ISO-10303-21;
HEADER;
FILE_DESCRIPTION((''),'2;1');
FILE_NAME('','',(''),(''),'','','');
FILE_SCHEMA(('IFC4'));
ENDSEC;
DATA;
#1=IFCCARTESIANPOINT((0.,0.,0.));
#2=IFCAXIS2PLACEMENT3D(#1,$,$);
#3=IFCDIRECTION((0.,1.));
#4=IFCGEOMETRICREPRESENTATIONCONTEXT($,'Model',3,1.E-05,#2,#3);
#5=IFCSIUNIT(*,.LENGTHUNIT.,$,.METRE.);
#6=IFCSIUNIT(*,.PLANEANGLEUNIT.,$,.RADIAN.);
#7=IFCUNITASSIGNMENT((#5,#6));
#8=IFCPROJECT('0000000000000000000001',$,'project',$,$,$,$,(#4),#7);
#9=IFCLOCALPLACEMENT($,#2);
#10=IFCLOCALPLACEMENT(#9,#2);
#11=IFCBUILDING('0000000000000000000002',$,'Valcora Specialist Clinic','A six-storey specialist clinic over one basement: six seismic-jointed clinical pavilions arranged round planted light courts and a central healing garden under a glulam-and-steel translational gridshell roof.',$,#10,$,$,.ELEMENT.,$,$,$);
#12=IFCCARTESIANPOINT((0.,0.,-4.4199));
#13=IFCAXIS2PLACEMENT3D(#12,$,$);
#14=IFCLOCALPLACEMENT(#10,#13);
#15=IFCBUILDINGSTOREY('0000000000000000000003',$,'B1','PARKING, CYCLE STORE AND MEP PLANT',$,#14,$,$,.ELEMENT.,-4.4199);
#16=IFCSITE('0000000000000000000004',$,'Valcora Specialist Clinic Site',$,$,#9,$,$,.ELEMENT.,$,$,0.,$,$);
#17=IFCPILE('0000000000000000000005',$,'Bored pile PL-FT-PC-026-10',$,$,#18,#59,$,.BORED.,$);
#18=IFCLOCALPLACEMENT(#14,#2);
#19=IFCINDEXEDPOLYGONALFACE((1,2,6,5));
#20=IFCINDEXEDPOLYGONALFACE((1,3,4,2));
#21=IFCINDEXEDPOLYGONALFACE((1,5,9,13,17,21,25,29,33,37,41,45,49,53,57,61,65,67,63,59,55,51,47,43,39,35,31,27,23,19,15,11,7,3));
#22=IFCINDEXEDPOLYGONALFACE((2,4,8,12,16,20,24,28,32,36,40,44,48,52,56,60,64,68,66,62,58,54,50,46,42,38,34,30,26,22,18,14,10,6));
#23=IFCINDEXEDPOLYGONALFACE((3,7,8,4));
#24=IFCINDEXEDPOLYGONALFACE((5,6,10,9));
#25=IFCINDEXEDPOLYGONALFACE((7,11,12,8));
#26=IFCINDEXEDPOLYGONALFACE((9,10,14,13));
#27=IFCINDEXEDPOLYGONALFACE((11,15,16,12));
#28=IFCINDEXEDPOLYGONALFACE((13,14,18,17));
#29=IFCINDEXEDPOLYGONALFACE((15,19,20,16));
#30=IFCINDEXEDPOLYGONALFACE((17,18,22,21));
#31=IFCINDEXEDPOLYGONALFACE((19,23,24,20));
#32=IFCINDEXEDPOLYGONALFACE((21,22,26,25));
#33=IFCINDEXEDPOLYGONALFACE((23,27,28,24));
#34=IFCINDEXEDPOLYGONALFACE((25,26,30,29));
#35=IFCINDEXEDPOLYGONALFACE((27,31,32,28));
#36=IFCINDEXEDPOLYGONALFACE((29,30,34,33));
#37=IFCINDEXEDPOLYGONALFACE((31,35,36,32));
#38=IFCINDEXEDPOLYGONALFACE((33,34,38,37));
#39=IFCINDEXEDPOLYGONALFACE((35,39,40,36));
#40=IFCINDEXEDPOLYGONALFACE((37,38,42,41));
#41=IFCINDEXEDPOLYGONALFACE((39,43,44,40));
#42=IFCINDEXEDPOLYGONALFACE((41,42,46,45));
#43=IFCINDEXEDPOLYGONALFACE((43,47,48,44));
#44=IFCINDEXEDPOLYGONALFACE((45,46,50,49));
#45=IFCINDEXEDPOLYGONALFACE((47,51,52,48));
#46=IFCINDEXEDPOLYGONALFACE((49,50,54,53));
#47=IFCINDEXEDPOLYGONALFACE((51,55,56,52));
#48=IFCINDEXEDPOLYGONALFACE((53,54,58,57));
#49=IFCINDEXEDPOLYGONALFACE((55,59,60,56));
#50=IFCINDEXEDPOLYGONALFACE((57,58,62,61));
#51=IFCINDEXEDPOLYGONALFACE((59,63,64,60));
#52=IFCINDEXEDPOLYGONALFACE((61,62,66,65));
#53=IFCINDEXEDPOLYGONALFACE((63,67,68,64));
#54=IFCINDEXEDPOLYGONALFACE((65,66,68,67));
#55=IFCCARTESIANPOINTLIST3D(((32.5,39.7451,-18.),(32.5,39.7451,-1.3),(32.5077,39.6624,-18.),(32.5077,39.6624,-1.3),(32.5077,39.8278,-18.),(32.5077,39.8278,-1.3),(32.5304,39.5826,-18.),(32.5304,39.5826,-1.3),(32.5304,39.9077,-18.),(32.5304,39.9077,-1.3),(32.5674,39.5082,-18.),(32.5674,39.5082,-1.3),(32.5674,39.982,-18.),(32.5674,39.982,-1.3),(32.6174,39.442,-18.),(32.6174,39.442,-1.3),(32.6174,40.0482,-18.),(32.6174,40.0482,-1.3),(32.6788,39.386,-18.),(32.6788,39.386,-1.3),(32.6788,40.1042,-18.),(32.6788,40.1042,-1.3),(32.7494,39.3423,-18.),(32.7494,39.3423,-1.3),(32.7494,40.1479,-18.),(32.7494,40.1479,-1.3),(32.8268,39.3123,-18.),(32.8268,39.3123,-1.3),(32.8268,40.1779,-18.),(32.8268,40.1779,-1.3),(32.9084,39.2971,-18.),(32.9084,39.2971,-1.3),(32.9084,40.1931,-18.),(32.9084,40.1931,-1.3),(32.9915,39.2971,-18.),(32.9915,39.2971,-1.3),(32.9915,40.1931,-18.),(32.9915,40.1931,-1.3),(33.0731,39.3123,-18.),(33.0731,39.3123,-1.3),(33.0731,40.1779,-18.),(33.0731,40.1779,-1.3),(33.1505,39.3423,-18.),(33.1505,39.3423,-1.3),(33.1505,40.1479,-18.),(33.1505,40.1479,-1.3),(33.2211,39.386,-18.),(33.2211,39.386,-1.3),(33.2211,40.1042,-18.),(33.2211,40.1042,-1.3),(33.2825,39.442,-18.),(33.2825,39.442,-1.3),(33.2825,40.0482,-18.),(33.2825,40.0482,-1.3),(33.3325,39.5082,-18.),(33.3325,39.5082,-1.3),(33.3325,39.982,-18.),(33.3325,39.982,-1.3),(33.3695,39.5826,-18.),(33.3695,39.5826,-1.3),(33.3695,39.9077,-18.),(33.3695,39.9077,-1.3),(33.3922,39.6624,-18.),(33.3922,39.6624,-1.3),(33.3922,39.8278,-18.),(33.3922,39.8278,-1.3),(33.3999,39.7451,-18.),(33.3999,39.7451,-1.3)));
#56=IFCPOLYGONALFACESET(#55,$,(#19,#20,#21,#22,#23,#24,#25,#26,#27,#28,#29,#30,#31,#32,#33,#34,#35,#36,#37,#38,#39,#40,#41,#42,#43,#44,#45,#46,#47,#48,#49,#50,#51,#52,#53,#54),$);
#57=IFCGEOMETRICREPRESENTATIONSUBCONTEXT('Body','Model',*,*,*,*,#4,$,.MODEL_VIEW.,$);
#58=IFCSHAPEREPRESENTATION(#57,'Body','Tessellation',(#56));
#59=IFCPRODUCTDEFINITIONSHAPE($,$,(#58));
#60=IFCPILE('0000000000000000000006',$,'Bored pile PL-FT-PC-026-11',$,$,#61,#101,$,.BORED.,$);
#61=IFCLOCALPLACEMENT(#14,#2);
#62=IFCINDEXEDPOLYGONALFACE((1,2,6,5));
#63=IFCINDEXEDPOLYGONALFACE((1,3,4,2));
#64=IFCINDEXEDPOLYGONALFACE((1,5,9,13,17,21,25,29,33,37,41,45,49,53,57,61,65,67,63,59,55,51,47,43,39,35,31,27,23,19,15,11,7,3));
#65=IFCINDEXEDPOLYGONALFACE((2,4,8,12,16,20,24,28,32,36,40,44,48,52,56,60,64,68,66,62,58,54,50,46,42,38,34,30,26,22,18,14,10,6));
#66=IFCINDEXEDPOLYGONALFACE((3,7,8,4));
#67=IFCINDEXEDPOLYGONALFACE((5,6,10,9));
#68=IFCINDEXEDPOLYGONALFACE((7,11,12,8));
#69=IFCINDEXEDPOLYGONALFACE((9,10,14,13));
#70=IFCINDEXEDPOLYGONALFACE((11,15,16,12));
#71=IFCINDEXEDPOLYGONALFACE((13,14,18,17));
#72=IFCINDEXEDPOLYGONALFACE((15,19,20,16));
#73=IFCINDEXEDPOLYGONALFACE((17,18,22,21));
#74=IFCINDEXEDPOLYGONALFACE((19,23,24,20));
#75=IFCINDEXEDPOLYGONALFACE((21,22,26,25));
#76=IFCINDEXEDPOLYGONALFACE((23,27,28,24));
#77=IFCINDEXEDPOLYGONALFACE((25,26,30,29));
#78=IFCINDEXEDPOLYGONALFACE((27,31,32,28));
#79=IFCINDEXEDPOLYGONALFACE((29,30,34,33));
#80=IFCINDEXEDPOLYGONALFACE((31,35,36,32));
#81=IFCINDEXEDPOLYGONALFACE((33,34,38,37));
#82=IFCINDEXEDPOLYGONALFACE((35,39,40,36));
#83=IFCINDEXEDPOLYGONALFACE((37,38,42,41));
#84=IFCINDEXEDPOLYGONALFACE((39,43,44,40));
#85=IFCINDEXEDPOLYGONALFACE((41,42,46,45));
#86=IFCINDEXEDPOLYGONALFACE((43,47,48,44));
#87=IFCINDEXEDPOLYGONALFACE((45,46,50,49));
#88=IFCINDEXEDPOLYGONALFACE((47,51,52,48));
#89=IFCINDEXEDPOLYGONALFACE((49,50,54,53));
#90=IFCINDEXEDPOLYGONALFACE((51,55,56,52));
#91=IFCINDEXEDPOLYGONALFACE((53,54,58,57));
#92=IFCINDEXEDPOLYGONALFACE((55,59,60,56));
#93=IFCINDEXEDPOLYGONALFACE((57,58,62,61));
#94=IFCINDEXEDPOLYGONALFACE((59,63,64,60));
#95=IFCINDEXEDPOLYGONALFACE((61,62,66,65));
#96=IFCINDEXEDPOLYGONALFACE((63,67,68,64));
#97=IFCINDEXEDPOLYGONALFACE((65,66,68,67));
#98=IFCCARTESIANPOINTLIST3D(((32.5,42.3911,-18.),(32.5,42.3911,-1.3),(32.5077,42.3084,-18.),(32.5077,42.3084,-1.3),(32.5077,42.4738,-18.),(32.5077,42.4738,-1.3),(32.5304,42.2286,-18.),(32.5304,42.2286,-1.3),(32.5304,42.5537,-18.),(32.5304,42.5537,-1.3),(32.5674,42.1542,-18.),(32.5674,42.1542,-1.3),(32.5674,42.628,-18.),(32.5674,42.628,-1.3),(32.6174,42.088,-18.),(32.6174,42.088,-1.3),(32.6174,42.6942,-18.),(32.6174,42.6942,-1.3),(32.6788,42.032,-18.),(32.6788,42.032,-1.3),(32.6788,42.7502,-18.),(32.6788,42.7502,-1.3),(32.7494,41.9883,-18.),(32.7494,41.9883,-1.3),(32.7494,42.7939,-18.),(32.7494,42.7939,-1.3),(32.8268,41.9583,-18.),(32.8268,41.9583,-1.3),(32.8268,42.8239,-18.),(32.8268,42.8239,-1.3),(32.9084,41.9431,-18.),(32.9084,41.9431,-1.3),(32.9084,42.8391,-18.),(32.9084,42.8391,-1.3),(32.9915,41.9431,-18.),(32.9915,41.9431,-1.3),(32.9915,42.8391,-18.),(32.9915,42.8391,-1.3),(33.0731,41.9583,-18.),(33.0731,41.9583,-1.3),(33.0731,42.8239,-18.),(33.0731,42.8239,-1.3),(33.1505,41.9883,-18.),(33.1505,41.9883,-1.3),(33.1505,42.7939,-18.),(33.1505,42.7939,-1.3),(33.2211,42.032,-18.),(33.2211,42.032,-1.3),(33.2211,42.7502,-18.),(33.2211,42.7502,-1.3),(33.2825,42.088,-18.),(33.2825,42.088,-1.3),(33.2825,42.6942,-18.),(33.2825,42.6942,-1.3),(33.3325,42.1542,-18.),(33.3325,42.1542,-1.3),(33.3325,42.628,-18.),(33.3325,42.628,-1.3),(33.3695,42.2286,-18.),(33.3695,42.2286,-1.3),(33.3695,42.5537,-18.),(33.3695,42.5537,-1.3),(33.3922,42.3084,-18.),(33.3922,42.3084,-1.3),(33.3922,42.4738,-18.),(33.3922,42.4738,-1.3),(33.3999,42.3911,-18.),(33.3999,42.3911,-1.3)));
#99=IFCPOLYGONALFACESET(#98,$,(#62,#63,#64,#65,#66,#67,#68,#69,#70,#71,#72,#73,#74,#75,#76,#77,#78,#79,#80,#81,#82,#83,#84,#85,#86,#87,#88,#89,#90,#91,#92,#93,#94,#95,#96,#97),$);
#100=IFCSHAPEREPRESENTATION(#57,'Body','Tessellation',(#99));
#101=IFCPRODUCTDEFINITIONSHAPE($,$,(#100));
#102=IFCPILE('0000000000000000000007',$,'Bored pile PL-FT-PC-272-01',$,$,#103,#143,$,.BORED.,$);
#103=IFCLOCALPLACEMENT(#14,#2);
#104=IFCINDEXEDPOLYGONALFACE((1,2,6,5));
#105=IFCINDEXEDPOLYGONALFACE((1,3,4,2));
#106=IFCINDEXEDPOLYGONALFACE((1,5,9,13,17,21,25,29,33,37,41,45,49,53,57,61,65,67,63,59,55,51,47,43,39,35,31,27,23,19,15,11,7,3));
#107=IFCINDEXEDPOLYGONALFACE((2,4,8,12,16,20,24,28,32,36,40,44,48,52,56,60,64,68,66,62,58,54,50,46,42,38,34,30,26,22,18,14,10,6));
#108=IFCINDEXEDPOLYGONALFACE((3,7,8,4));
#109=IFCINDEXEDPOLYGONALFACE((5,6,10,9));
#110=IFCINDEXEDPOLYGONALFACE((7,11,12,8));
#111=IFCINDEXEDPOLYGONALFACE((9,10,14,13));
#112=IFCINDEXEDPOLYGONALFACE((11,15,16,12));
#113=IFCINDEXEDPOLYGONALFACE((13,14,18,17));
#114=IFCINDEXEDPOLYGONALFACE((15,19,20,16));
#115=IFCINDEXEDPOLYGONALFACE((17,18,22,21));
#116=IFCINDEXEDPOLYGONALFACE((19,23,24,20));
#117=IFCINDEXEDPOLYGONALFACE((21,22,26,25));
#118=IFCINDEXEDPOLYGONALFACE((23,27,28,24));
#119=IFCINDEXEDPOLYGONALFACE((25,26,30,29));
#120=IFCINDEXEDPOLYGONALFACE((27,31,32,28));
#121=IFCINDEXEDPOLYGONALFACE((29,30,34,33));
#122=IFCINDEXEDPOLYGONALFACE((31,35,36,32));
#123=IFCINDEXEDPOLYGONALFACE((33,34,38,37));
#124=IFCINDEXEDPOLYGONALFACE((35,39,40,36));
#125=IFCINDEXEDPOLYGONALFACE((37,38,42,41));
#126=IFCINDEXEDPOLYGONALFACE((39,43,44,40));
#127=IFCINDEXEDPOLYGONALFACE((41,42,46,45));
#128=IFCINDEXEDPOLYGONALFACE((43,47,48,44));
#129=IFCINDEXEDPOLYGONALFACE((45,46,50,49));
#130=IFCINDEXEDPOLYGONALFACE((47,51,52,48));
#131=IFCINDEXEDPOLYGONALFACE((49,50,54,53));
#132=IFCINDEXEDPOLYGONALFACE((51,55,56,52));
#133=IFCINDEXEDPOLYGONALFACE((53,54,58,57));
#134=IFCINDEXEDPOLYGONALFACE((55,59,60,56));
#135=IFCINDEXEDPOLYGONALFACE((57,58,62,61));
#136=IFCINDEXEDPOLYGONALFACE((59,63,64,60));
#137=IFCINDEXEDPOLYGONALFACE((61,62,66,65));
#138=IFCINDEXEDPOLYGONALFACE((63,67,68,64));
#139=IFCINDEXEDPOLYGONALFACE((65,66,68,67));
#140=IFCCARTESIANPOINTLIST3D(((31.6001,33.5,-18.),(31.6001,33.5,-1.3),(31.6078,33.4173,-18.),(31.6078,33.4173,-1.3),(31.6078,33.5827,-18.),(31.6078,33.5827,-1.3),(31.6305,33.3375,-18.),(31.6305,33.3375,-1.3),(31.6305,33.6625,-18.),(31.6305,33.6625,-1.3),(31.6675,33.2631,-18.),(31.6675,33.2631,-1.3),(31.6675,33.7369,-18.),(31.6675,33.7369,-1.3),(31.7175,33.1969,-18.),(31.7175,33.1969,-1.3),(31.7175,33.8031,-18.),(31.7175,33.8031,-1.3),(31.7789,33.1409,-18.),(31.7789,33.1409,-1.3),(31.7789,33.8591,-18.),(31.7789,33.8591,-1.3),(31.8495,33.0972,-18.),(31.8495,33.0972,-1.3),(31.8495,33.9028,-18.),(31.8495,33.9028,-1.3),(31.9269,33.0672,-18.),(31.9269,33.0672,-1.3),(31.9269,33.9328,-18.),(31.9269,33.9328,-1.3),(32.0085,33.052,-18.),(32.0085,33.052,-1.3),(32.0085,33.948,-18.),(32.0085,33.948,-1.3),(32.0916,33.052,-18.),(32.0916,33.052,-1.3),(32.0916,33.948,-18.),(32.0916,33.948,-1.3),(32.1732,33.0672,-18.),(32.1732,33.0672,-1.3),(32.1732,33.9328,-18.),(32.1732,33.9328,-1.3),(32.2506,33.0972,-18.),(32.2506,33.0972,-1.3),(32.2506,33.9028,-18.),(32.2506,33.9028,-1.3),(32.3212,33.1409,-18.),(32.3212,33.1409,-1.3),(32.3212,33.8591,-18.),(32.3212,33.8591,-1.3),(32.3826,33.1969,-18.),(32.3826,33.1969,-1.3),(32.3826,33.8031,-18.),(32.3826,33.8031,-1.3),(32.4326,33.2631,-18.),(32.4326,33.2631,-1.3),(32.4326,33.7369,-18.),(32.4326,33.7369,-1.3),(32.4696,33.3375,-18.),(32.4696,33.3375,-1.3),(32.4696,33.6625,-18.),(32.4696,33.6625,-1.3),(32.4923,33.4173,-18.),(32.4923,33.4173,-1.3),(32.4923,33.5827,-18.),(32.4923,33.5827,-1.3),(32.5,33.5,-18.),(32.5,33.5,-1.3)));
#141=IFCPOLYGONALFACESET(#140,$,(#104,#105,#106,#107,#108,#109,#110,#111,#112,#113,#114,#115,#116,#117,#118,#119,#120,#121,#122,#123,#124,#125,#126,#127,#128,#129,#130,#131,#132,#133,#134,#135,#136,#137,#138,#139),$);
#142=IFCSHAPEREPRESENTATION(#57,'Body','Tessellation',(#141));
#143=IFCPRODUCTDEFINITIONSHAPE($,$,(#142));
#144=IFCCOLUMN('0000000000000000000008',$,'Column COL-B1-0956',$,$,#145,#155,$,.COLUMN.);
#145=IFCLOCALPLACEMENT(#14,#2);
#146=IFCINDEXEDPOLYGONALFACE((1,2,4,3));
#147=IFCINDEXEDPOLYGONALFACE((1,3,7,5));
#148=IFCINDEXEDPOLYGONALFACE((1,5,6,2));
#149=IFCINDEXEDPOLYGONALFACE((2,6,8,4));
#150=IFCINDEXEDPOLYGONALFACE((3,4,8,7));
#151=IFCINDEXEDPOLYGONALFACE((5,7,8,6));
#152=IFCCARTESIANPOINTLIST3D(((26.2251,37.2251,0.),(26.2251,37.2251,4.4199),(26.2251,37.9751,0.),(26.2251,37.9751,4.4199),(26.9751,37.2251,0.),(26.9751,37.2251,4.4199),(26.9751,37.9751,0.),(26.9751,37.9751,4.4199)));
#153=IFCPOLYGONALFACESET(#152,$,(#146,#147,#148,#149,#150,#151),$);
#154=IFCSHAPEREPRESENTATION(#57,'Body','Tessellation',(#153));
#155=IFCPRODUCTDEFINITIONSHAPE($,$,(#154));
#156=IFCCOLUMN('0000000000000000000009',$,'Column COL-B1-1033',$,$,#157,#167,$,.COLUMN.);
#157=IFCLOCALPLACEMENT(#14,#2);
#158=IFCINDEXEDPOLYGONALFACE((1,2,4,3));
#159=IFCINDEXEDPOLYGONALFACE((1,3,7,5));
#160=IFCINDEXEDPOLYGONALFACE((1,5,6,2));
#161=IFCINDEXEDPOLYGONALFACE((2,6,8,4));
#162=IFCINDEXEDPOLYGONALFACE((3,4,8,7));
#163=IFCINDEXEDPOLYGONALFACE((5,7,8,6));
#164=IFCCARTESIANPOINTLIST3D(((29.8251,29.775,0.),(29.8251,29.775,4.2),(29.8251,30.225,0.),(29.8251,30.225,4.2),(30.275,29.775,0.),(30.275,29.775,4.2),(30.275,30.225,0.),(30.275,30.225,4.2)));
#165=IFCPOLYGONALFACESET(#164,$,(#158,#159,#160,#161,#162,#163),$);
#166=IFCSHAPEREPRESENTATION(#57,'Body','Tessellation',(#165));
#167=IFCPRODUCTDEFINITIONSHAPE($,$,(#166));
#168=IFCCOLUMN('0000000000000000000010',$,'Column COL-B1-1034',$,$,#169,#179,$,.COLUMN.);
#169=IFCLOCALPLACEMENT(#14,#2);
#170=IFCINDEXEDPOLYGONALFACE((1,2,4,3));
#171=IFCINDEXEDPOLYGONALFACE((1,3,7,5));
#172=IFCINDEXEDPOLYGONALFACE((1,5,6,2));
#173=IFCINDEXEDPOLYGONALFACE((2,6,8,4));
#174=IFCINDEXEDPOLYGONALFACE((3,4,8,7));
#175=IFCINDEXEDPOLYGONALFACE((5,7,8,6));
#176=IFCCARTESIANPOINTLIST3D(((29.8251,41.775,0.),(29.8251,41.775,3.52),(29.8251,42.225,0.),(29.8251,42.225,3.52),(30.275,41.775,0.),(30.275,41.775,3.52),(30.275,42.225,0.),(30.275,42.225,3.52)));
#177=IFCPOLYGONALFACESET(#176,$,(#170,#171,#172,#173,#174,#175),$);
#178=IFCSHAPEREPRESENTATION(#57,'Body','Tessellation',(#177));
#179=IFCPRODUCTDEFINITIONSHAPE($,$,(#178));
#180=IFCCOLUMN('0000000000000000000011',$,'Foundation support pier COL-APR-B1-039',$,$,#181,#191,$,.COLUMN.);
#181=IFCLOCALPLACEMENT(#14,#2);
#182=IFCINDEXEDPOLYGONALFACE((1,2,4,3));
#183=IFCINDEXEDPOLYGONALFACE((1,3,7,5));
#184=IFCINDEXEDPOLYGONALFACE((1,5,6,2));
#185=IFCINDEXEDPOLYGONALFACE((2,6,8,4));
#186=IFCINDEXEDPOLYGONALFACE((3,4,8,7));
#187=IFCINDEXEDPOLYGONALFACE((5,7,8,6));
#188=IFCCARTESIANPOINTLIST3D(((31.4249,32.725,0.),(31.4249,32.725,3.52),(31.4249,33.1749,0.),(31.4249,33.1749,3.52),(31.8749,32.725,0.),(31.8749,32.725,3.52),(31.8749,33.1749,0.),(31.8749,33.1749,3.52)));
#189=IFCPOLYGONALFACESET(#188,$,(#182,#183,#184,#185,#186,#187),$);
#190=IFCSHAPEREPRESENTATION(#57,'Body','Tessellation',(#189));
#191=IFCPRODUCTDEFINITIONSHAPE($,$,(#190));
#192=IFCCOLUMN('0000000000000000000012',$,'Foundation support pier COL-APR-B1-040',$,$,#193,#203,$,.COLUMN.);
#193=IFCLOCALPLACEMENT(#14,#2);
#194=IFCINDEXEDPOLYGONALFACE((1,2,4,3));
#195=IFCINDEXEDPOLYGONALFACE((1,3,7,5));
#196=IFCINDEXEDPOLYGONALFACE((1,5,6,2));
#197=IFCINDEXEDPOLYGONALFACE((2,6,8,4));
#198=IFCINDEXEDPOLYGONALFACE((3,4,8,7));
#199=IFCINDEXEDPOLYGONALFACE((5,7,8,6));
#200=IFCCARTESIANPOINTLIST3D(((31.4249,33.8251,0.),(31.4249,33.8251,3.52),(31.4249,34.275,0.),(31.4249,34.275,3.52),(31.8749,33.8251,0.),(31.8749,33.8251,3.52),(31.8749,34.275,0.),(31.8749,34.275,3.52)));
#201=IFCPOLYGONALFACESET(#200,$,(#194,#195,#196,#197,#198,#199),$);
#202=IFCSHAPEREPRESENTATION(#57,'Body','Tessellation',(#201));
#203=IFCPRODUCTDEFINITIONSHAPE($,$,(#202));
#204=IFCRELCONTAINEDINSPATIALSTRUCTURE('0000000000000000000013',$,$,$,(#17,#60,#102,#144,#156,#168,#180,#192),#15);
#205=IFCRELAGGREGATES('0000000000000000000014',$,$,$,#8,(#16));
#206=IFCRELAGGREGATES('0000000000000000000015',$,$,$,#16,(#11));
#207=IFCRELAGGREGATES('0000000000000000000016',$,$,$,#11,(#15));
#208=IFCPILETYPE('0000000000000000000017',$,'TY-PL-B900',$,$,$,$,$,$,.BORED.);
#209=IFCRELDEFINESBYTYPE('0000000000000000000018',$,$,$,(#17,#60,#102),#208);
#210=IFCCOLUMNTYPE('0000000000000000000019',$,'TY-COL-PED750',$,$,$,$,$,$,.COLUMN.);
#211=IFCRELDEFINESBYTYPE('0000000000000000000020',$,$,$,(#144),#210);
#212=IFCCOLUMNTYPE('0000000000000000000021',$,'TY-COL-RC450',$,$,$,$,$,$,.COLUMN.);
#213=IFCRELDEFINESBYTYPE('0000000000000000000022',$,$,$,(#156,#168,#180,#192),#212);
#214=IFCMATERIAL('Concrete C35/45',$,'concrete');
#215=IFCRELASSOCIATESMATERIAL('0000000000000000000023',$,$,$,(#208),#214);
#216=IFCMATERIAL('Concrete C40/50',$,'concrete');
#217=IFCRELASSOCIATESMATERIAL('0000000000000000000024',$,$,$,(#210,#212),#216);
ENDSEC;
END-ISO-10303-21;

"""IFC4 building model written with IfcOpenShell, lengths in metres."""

from ifc_helpers import new_model, si_unit, direction, frame, origin, origin_2d, place, context, subcontext, project, spatial, rectangle, circle, extrude, material, material_profile, profile_set, type_object, element, save


model = new_model("IFC4")

# Units and contexts
model_context = context("Model", 3, precision=1e-05, world=origin(), true_north=direction((0.0, 1.0)))
body_context = subcontext(model_context, "Body", "Model", "MODEL_VIEW")
ifc_project = project(units=[si_unit("LENGTHUNIT", "METRE"), si_unit("PLANEANGLEUNIT", "RADIAN")], contexts=[model_context])

# Site, building, storey
site_placement = place(None, origin())
site = spatial("IfcSite", under=ifc_project, at=site_placement, Name="Valcora Specialist Clinic Site", CompositionType="ELEMENT", RefElevation=0.0)
building_placement = place(site_placement, origin())
building = spatial("IfcBuilding", under=site, at=building_placement, Name="Valcora Specialist Clinic", Description="A six-storey specialist clinic over one basement: six seismic-jointed clinical pavilions arranged round planted light courts and a central healing garden under a glulam-and-steel translational gridshell roof.", CompositionType="ELEMENT")
storey_placement = place(building_placement, frame((0.0, 0.0, -4.4199)))
storey = spatial("IfcBuildingStorey", under=building, at=storey_placement, Name="B1", Description="PARKING, CYCLE STORE AND MEP PLANT", CompositionType="ELEMENT", Elevation=-4.4199)

# Shared definitions
ifc_material_1 = material(Name="Concrete C35/45", Category="concrete")

# Piles
ifc_material_profile_1 = material_profile(ifc_material_1, circle(Radius=0.45, at=origin_2d()), Name="RC-PIL-D900")
ifc_profile_set_1 = profile_set([ifc_material_profile_1], Name="Concrete C35/45")
pile_type_1 = type_object("IfcPileType", Name="TY-PL-B900", PredefinedType="BORED", material=ifc_profile_set_1)
for number, where, z_axis, x_axis, name in (
    (1, (32.95, 39.7451, -1.3), (0.0, 0.0, -1.0), (1.0, 0.0, 0.0), "Bored pile PL-FT-PC-026-10"),
    (2, (32.95, 42.3911, -1.3), (0.0, 0.0, -1.0), (1.0, 0.0, 0.0), "Bored pile PL-FT-PC-026-11"),
    (3, (32.05, 33.5, -1.3), (0.0, 0.0, -1.0), (1.0, 0.0, 0.0), "Bored pile PL-FT-PC-272-01"),
):
    element("IfcPile", number, at=place(storey_placement, frame(where, z_axis=z_axis, x_axis=x_axis)), inside=storey, type_object=pile_type_1, Name=name, PredefinedType="BORED", context=body_context, shape_type="SweptSolid", body=[
        extrude(circle(Radius=0.45, at=origin_2d()), origin(), (0.0, 0.0, 1.0), 16.7),
    ])

# Columns
ifc_material_2 = material(Name="Concrete C40/50", Category="concrete")
ifc_material_profile_2 = material_profile(ifc_material_2, rectangle(XDim=0.75, YDim=0.75, at=origin_2d()), Name="RC-PED-750X750")
ifc_profile_set_2 = profile_set([ifc_material_profile_2], Name="Concrete C40/50")
column_type_1 = type_object("IfcColumnType", Name="TY-COL-PED750", PredefinedType="COLUMN", material=ifc_profile_set_2)
column_1_placement = place(storey_placement, frame((26.6001, 37.6001, 0.0), z_axis=(0.0, 0.0, 1.0), x_axis=(1.0, 0.0, 0.0)))
element("IfcColumn", 4, at=column_1_placement, inside=storey, type_object=column_type_1, Name="Column COL-B1-0956", PredefinedType="COLUMN", context=body_context, shape_type="SweptSolid", body=[
    extrude(rectangle(XDim=0.75, YDim=0.75, at=origin_2d()), origin(), (0.0, 0.0, 1.0), 4.4199),
])
ifc_material_profile_3 = material_profile(ifc_material_2, rectangle(XDim=0.45, YDim=0.45, at=origin_2d()), Name="RC-COL-450X450")
ifc_profile_set_3 = profile_set([ifc_material_profile_3], Name="Concrete C40/50")
column_type_2 = type_object("IfcColumnType", Name="TY-COL-RC450", PredefinedType="COLUMN", material=ifc_profile_set_3)
column_2_placement = place(storey_placement, frame((30.05, 30.0, 0.0), z_axis=(0.0, 0.0, 1.0), x_axis=(1.0, 0.0, 0.0)))
element("IfcColumn", 5, at=column_2_placement, inside=storey, type_object=column_type_2, Name="Column COL-B1-1033", PredefinedType="COLUMN", context=body_context, shape_type="SweptSolid", body=[
    extrude(rectangle(XDim=0.45, YDim=0.45, at=origin_2d()), origin(), (0.0, 0.0, 1.0), 4.2),
])
for number, where, z_axis, x_axis, name in (
    (6, (30.05, 42.0, 0.0), (0.0, 0.0, 1.0), (1.0, 0.0, 0.0), "Column COL-B1-1034"),
    (7, (31.6499, 32.95, 0.0), (0.0, 0.0, 1.0), (1.0, 0.0, 0.0), "Foundation support pier COL-APR-B1-039"),
    (8, (31.6499, 34.05, 0.0), (0.0, 0.0, 1.0), (1.0, 0.0, 0.0), "Foundation support pier COL-APR-B1-040"),
):
    element("IfcColumn", number, at=place(storey_placement, frame(where, z_axis=z_axis, x_axis=x_axis)), inside=storey, type_object=column_type_2, Name=name, PredefinedType="COLUMN", context=body_context, shape_type="SweptSolid", body=[
        extrude(rectangle(XDim=0.45, YDim=0.45, at=origin_2d()), origin(), (0.0, 0.0, 1.0), 3.52),
    ])

save(model, "model.ifc")
